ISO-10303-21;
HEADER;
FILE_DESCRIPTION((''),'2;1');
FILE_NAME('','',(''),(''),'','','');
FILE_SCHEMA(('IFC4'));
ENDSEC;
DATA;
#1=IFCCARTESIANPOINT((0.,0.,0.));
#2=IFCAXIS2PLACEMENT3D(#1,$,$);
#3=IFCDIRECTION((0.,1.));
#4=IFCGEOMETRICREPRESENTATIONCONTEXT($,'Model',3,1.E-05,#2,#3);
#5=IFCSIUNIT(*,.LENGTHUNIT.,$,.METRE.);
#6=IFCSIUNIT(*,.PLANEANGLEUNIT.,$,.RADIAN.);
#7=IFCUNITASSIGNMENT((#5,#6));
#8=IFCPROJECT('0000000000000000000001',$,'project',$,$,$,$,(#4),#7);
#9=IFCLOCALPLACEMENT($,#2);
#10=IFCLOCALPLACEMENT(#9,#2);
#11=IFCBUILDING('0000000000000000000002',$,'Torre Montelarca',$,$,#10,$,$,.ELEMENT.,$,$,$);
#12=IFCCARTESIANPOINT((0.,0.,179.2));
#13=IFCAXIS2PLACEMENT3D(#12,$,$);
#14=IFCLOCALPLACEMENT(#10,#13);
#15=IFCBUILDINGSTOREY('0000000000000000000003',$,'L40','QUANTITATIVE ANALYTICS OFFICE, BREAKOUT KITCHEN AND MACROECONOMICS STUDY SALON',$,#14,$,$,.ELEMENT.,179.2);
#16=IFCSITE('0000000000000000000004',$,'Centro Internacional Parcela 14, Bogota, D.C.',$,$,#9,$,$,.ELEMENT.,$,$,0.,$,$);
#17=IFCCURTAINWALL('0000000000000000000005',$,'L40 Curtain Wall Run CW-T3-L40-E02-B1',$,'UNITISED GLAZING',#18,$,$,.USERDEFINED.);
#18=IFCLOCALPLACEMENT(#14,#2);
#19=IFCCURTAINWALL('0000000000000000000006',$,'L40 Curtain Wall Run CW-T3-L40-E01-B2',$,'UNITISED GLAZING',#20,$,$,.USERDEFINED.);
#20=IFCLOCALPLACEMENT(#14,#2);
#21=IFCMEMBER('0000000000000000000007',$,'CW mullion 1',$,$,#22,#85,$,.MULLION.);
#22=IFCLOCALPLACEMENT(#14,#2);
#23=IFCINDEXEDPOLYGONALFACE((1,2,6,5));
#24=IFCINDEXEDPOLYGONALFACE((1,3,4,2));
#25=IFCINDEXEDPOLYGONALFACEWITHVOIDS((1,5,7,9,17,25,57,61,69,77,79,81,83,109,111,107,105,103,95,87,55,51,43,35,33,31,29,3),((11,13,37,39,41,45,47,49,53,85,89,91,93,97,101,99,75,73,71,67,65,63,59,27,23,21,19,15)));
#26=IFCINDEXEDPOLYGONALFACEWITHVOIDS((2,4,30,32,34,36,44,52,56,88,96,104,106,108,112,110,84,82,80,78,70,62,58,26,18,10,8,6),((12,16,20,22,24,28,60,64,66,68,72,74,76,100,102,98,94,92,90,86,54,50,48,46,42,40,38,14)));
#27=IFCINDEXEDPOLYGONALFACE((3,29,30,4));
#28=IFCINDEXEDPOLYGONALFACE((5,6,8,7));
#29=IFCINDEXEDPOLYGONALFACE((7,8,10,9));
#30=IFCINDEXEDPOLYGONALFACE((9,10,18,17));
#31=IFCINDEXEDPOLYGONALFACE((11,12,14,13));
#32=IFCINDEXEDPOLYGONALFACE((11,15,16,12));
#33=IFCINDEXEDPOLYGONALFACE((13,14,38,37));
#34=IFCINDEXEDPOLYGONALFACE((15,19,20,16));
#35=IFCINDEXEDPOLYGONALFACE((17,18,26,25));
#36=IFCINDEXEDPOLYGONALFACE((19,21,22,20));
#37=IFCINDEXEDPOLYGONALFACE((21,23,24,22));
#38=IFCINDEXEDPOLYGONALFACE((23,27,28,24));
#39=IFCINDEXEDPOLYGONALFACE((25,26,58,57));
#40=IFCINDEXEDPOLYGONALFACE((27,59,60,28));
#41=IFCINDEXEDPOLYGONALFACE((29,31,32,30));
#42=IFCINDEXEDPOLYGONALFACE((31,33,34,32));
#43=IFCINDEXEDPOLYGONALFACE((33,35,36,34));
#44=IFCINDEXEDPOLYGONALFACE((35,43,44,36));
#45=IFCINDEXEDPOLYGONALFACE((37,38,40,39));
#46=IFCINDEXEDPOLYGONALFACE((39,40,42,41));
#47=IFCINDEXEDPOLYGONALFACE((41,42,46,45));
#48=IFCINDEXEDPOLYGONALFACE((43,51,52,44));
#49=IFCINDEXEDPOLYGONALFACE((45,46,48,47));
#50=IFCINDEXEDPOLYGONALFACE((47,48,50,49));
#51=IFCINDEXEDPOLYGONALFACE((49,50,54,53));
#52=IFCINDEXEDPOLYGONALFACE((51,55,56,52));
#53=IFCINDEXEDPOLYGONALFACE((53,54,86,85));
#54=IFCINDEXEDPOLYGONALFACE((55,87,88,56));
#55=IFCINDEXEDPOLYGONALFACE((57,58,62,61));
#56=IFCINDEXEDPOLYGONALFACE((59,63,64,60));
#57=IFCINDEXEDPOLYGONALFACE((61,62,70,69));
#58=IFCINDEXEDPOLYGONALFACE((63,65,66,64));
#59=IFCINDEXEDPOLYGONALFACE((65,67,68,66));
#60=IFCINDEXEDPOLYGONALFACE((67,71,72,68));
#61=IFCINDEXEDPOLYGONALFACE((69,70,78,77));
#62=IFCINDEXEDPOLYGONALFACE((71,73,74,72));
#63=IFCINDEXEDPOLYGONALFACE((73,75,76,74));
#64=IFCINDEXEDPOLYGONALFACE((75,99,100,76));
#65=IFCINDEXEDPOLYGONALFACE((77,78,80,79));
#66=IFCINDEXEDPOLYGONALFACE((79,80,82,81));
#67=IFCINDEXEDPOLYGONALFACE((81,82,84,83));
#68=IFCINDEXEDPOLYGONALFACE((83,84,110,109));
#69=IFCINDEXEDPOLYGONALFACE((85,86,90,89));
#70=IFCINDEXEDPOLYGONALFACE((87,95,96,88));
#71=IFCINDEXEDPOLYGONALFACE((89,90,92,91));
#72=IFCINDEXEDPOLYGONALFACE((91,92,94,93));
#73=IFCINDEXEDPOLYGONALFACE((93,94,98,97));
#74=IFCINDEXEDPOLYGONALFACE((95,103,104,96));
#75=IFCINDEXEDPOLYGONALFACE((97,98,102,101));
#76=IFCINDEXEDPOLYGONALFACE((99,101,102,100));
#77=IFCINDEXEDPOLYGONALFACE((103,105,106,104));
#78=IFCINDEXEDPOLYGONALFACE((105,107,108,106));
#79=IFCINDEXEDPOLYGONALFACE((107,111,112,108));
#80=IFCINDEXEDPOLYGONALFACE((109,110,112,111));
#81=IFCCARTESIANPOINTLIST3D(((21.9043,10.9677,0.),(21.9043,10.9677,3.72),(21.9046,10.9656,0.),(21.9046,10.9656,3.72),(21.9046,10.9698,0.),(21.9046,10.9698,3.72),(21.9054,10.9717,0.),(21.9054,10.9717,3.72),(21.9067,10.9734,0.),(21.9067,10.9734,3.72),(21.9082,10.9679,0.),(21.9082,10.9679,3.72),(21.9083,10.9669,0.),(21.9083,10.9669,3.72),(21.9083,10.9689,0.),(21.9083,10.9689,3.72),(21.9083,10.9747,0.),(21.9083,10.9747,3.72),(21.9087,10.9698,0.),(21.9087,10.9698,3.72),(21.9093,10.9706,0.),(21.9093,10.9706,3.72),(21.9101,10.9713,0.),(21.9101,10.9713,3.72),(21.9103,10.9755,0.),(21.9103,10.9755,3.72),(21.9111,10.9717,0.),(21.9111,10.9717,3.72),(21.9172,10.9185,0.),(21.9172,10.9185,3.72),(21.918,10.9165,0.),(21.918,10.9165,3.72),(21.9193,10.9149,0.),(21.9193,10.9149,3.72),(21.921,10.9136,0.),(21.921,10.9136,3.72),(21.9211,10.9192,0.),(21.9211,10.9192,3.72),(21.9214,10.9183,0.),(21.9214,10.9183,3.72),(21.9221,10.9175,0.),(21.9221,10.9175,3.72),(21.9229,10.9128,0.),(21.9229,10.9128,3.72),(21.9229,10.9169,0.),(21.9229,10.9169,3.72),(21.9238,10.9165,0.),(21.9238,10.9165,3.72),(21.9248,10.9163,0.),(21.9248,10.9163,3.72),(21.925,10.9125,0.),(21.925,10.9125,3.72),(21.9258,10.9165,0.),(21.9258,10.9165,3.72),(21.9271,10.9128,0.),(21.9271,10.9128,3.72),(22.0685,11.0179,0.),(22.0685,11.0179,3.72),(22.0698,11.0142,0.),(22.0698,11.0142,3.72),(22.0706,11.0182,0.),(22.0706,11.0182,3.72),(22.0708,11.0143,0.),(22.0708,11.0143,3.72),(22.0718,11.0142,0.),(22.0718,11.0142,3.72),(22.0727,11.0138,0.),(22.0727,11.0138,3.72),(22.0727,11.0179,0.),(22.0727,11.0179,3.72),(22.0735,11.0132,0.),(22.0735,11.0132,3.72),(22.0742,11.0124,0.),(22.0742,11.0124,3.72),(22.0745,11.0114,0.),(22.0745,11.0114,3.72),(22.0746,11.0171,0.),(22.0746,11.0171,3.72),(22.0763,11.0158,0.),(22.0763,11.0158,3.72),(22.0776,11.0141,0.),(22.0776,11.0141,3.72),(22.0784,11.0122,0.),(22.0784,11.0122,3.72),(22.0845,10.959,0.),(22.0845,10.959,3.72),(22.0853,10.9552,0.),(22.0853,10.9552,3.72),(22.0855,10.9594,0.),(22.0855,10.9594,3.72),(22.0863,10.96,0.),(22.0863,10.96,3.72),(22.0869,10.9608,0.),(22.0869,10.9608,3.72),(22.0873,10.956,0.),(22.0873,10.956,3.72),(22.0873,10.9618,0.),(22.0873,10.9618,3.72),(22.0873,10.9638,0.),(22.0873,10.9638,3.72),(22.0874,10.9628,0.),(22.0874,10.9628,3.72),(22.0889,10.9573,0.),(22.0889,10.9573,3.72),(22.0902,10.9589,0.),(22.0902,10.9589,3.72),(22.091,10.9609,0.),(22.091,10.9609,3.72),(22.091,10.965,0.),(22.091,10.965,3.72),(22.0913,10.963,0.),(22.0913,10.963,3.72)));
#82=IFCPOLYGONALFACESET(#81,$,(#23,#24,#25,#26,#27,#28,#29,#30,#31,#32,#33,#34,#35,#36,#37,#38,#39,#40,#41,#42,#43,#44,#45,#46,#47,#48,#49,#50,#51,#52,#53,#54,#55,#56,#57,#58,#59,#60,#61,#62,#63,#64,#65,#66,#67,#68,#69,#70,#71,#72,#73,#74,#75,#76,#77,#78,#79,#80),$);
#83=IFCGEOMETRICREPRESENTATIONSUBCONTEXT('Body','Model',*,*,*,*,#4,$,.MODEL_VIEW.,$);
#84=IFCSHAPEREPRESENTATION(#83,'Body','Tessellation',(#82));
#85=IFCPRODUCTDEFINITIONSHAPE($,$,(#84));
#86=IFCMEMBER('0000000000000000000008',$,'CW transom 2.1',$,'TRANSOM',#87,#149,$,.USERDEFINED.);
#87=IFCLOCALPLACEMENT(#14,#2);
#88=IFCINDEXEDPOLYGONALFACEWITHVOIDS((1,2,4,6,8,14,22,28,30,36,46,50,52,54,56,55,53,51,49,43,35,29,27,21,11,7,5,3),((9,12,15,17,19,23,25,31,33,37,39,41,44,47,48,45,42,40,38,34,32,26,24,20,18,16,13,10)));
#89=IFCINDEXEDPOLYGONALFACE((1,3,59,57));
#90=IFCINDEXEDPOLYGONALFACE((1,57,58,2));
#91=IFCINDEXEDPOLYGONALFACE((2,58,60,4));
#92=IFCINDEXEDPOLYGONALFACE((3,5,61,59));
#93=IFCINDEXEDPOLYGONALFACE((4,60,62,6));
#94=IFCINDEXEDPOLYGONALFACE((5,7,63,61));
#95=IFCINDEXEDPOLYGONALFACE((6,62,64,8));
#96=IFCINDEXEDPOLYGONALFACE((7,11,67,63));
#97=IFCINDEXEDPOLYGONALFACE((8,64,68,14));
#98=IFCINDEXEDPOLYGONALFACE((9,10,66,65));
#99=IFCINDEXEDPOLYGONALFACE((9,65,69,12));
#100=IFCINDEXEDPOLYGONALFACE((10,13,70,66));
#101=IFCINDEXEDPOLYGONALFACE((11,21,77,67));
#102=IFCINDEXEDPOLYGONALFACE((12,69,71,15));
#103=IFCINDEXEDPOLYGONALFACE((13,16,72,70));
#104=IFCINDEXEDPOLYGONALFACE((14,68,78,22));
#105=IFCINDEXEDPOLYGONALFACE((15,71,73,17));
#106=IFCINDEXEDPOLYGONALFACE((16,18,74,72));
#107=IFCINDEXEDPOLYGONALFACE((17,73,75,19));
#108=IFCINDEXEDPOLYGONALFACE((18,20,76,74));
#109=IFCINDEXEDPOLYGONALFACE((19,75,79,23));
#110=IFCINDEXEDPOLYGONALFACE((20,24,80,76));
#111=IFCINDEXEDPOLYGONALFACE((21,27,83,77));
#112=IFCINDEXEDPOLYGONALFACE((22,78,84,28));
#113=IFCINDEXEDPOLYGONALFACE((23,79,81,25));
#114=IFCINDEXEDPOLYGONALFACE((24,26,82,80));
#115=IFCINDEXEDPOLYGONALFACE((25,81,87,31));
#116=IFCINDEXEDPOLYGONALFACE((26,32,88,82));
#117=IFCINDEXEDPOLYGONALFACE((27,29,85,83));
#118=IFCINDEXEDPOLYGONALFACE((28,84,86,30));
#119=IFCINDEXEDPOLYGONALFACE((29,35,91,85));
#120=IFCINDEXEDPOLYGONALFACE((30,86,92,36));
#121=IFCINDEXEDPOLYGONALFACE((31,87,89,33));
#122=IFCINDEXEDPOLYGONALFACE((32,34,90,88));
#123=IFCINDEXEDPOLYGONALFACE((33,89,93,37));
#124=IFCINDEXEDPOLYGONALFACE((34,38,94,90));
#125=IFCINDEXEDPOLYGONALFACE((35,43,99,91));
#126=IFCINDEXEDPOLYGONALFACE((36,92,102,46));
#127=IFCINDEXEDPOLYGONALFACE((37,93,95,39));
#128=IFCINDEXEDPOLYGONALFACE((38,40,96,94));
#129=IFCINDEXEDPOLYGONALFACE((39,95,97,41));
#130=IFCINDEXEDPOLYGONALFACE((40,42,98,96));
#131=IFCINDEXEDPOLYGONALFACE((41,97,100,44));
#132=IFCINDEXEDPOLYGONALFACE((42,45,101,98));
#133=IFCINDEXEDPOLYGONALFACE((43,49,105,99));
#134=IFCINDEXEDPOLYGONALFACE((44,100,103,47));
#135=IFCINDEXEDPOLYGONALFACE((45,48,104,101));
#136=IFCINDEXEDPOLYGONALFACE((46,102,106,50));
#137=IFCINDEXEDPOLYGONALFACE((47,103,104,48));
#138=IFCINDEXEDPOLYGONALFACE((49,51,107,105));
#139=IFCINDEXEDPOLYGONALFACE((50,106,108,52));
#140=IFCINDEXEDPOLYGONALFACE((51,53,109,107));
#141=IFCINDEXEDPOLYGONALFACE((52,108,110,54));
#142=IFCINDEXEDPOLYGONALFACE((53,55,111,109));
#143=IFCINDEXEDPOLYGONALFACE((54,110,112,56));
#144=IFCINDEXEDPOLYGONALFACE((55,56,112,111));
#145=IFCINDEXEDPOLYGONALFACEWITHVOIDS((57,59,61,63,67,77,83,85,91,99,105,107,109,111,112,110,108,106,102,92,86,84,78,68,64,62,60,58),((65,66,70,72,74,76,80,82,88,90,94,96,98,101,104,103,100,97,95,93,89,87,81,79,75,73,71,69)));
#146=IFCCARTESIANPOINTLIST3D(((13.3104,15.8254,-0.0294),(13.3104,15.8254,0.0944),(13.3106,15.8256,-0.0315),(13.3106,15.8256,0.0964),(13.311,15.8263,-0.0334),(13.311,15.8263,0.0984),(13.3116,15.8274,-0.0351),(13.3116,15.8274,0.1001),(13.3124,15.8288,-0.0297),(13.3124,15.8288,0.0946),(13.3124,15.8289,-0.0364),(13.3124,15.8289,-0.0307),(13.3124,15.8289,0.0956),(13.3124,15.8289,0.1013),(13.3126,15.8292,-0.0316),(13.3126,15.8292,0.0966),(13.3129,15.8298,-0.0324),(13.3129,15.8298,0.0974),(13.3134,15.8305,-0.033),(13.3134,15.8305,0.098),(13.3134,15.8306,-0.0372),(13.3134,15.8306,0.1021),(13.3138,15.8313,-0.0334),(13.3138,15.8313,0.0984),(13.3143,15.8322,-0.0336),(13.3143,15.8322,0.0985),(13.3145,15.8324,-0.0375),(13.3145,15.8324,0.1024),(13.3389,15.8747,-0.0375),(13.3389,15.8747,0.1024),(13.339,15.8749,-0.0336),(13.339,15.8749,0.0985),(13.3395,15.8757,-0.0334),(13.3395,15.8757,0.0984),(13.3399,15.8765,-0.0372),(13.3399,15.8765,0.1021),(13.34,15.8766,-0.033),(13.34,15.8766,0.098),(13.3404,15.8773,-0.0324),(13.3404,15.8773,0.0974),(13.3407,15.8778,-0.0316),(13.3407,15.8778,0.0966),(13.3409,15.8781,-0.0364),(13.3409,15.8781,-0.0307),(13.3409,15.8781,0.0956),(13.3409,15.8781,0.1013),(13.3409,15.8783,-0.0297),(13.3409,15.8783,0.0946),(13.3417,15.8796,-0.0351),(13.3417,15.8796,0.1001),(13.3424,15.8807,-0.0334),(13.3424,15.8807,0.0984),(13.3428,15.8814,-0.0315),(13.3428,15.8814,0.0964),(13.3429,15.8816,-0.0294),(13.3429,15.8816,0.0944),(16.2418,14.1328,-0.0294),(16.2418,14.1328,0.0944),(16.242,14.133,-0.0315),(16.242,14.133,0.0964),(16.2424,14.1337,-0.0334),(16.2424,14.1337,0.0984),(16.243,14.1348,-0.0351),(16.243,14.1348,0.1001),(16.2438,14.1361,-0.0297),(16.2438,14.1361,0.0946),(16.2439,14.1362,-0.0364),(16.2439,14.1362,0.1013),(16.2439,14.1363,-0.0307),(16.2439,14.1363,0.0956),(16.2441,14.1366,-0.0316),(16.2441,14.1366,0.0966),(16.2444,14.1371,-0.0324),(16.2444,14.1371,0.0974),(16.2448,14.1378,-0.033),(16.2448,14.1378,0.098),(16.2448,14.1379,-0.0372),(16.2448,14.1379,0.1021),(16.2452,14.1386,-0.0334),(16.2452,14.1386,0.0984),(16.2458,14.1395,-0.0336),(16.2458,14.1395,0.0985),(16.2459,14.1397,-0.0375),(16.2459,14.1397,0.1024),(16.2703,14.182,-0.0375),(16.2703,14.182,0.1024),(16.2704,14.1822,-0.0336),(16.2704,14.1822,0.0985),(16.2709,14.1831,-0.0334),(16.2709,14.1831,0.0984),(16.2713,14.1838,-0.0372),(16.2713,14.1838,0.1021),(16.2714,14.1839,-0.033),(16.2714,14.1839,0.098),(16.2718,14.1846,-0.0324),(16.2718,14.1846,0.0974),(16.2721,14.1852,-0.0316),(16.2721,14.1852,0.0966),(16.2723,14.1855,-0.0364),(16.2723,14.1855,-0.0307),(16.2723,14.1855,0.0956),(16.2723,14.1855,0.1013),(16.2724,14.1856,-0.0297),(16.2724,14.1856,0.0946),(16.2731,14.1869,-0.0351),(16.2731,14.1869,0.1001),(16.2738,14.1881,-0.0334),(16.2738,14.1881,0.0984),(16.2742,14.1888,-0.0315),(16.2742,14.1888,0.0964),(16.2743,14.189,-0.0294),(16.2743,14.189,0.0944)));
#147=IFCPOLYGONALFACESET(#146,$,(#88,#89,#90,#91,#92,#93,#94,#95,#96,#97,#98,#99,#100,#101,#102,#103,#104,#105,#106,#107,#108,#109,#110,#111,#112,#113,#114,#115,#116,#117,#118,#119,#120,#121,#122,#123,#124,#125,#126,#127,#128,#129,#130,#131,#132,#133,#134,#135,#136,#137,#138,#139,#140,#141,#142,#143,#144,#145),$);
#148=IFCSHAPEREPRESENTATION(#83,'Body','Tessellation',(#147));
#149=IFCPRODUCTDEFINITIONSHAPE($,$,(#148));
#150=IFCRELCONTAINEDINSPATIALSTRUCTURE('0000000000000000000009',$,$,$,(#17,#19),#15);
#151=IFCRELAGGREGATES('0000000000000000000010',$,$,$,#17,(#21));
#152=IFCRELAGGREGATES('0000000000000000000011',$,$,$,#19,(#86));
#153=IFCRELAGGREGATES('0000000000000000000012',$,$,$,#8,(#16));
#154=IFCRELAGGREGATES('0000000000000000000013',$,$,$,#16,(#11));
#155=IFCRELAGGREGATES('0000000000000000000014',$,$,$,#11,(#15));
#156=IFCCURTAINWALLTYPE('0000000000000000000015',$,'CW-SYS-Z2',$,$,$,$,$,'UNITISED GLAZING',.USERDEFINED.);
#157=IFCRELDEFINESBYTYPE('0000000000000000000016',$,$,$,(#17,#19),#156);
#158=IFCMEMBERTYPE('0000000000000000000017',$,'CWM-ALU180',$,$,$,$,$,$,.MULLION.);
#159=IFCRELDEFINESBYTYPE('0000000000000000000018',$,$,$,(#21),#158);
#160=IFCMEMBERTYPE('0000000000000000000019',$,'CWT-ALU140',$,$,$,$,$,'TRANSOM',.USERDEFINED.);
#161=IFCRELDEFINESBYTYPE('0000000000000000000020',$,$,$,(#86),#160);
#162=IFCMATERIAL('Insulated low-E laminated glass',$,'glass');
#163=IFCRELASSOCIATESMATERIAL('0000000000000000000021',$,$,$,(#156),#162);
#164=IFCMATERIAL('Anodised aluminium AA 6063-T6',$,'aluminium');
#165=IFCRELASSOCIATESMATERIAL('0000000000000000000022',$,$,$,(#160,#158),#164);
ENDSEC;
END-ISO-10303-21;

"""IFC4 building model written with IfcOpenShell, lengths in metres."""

from ifc_helpers import new_model, si_unit, direction, frame, origin, origin_2d, place, context, subcontext, project, spatial, hollow_rectangle, extrude, source, transform, mapped, material, material_profile, profile_set, type_object, element, aggregate, save


model = new_model("IFC4")

# Units and contexts
model_context = context("Model", 3, precision=1e-05, world=origin(), true_north=direction((0.0, 1.0)))
body_context = subcontext(model_context, "Body", "Model", "MODEL_VIEW")
ifc_project = project(units=[si_unit("LENGTHUNIT", "METRE"), si_unit("PLANEANGLEUNIT", "RADIAN")], contexts=[model_context])

# Site, building, storey
site_placement = place(None, origin())
site = spatial("IfcSite", under=ifc_project, at=site_placement, Name="Centro Internacional Parcela 14, Bogota, D.C.", CompositionType="ELEMENT", RefElevation=0.0)
building_placement = place(site_placement, origin())
building = spatial("IfcBuilding", under=site, at=building_placement, Name="Torre Montelarca", CompositionType="ELEMENT")
storey_placement = place(building_placement, frame((0.0, 0.0, 179.2)))
storey = spatial("IfcBuildingStorey", under=building, at=storey_placement, Name="L40", Description="QUANTITATIVE ANALYTICS OFFICE, BREAKOUT KITCHEN AND MACROECONOMICS STUDY SALON", CompositionType="ELEMENT", Elevation=179.2)

# Curtain wall
ifc_material_1 = material(Name="Insulated low-E laminated glass", Category="glass")
curtain_wall_type = type_object("IfcCurtainWallType", Name="CW-SYS-Z2", ElementType="UNITISED GLAZING", PredefinedType="USERDEFINED", material=ifc_material_1)
curtain_wall_1_placement = place(storey_placement, origin())
curtain_wall_1 = element("IfcCurtainWall", 1, at=curtain_wall_1_placement, inside=storey, type_object=curtain_wall_type, Name="L40 Curtain Wall Run CW-T3-L40-E02-B1", ObjectType="UNITISED GLAZING", PredefinedType="USERDEFINED")
ifc_material_2 = material(Name="Anodised aluminium AA 6063-T6", Category="aluminium")
ifc_material_profile_1 = material_profile(ifc_material_2, hollow_rectangle(XDim=0.0649, YDim=0.1399, WallThickness=0.0039, InnerFilletRadius=0.0039, OuterFilletRadius=0.0081, at=origin_2d()), Name="ALU65X140X4", Category="aluminium")
ifc_profile_set_1 = profile_set([ifc_material_profile_1], Name="Anodised aluminium AA 6063-T6")
member_type_1 = type_object("IfcMemberType", Name="CWT-ALU140", ElementType="TRANSOM", PredefinedType="USERDEFINED", material=ifc_profile_set_1)
ifc_material_profile_2 = material_profile(ifc_material_2, hollow_rectangle(XDim=0.0649, YDim=0.1799, WallThickness=0.0039, InnerFilletRadius=0.0039, OuterFilletRadius=0.0081, at=origin_2d()), Name="ALU65X180X4", Category="aluminium")
ifc_profile_set_2 = profile_set([ifc_material_profile_2], Name="Anodised aluminium AA 6063-T6")
member_type_2 = type_object("IfcMemberType", Name="CWM-ALU180", PredefinedType="MULLION", material=ifc_profile_set_2)
shared_shape_1 = source(origin(), body_context, "Body", "SweptSolid", [
    extrude(hollow_rectangle(XDim=0.0649, YDim=0.1799, WallThickness=0.0039, InnerFilletRadius=0.0039, OuterFilletRadius=0.0081, at=origin_2d()), origin(), (0.0, 0.0, 1.0), 3.72),
])

# Curtain wall
curtain_wall_2_placement = place(storey_placement, origin())
curtain_wall_2 = element("IfcCurtainWall", 2, at=curtain_wall_2_placement, inside=storey, type_object=curtain_wall_type, Name="L40 Curtain Wall Run CW-T3-L40-E01-B2", ObjectType="UNITISED GLAZING", PredefinedType="USERDEFINED")

# Members
member_1_placement = place(storey_placement, frame((21.9978, 10.9653, 0.0), z_axis=(0.0, 0.0, 1.0), x_axis=(-0.258826, 0.965924, 0.0)))
member_1 = element("IfcMember", 3, at=member_1_placement, type_object=member_type_2, Name="CW mullion 1", PredefinedType="MULLION", context=body_context, shape_type="MappedRepresentation", body=[
    mapped(shared_shape_1, transform((0.0, 0.0, 0.0), scale=1.0)),
])
aggregate(curtain_wall_1, [member_1])
shared_shape_2 = source(origin(), body_context, "Body", "SweptSolid", [
    extrude(hollow_rectangle(XDim=0.0649, YDim=0.1399, WallThickness=0.0039, InnerFilletRadius=0.0039, OuterFilletRadius=0.0081, at=origin_2d()), origin(), (0.0, 0.0, 1.0), 3.385),
])
member_2_placement = place(storey_placement, frame((13.3267, 15.8535, 0.0325), z_axis=(0.866002, -0.500041, 0.0), x_axis=(0.500041, 0.866002, 0.0)))
member_2 = element("IfcMember", 4, at=member_2_placement, type_object=member_type_1, Name="CW transom 2.1", ObjectType="TRANSOM", PredefinedType="USERDEFINED", context=body_context, shape_type="MappedRepresentation", body=[
    mapped(shared_shape_2, transform((0.0, 0.0, 0.0), scale=1.0)),
])

aggregate(curtain_wall_2, [member_2])

save(model, "model.ifc")
